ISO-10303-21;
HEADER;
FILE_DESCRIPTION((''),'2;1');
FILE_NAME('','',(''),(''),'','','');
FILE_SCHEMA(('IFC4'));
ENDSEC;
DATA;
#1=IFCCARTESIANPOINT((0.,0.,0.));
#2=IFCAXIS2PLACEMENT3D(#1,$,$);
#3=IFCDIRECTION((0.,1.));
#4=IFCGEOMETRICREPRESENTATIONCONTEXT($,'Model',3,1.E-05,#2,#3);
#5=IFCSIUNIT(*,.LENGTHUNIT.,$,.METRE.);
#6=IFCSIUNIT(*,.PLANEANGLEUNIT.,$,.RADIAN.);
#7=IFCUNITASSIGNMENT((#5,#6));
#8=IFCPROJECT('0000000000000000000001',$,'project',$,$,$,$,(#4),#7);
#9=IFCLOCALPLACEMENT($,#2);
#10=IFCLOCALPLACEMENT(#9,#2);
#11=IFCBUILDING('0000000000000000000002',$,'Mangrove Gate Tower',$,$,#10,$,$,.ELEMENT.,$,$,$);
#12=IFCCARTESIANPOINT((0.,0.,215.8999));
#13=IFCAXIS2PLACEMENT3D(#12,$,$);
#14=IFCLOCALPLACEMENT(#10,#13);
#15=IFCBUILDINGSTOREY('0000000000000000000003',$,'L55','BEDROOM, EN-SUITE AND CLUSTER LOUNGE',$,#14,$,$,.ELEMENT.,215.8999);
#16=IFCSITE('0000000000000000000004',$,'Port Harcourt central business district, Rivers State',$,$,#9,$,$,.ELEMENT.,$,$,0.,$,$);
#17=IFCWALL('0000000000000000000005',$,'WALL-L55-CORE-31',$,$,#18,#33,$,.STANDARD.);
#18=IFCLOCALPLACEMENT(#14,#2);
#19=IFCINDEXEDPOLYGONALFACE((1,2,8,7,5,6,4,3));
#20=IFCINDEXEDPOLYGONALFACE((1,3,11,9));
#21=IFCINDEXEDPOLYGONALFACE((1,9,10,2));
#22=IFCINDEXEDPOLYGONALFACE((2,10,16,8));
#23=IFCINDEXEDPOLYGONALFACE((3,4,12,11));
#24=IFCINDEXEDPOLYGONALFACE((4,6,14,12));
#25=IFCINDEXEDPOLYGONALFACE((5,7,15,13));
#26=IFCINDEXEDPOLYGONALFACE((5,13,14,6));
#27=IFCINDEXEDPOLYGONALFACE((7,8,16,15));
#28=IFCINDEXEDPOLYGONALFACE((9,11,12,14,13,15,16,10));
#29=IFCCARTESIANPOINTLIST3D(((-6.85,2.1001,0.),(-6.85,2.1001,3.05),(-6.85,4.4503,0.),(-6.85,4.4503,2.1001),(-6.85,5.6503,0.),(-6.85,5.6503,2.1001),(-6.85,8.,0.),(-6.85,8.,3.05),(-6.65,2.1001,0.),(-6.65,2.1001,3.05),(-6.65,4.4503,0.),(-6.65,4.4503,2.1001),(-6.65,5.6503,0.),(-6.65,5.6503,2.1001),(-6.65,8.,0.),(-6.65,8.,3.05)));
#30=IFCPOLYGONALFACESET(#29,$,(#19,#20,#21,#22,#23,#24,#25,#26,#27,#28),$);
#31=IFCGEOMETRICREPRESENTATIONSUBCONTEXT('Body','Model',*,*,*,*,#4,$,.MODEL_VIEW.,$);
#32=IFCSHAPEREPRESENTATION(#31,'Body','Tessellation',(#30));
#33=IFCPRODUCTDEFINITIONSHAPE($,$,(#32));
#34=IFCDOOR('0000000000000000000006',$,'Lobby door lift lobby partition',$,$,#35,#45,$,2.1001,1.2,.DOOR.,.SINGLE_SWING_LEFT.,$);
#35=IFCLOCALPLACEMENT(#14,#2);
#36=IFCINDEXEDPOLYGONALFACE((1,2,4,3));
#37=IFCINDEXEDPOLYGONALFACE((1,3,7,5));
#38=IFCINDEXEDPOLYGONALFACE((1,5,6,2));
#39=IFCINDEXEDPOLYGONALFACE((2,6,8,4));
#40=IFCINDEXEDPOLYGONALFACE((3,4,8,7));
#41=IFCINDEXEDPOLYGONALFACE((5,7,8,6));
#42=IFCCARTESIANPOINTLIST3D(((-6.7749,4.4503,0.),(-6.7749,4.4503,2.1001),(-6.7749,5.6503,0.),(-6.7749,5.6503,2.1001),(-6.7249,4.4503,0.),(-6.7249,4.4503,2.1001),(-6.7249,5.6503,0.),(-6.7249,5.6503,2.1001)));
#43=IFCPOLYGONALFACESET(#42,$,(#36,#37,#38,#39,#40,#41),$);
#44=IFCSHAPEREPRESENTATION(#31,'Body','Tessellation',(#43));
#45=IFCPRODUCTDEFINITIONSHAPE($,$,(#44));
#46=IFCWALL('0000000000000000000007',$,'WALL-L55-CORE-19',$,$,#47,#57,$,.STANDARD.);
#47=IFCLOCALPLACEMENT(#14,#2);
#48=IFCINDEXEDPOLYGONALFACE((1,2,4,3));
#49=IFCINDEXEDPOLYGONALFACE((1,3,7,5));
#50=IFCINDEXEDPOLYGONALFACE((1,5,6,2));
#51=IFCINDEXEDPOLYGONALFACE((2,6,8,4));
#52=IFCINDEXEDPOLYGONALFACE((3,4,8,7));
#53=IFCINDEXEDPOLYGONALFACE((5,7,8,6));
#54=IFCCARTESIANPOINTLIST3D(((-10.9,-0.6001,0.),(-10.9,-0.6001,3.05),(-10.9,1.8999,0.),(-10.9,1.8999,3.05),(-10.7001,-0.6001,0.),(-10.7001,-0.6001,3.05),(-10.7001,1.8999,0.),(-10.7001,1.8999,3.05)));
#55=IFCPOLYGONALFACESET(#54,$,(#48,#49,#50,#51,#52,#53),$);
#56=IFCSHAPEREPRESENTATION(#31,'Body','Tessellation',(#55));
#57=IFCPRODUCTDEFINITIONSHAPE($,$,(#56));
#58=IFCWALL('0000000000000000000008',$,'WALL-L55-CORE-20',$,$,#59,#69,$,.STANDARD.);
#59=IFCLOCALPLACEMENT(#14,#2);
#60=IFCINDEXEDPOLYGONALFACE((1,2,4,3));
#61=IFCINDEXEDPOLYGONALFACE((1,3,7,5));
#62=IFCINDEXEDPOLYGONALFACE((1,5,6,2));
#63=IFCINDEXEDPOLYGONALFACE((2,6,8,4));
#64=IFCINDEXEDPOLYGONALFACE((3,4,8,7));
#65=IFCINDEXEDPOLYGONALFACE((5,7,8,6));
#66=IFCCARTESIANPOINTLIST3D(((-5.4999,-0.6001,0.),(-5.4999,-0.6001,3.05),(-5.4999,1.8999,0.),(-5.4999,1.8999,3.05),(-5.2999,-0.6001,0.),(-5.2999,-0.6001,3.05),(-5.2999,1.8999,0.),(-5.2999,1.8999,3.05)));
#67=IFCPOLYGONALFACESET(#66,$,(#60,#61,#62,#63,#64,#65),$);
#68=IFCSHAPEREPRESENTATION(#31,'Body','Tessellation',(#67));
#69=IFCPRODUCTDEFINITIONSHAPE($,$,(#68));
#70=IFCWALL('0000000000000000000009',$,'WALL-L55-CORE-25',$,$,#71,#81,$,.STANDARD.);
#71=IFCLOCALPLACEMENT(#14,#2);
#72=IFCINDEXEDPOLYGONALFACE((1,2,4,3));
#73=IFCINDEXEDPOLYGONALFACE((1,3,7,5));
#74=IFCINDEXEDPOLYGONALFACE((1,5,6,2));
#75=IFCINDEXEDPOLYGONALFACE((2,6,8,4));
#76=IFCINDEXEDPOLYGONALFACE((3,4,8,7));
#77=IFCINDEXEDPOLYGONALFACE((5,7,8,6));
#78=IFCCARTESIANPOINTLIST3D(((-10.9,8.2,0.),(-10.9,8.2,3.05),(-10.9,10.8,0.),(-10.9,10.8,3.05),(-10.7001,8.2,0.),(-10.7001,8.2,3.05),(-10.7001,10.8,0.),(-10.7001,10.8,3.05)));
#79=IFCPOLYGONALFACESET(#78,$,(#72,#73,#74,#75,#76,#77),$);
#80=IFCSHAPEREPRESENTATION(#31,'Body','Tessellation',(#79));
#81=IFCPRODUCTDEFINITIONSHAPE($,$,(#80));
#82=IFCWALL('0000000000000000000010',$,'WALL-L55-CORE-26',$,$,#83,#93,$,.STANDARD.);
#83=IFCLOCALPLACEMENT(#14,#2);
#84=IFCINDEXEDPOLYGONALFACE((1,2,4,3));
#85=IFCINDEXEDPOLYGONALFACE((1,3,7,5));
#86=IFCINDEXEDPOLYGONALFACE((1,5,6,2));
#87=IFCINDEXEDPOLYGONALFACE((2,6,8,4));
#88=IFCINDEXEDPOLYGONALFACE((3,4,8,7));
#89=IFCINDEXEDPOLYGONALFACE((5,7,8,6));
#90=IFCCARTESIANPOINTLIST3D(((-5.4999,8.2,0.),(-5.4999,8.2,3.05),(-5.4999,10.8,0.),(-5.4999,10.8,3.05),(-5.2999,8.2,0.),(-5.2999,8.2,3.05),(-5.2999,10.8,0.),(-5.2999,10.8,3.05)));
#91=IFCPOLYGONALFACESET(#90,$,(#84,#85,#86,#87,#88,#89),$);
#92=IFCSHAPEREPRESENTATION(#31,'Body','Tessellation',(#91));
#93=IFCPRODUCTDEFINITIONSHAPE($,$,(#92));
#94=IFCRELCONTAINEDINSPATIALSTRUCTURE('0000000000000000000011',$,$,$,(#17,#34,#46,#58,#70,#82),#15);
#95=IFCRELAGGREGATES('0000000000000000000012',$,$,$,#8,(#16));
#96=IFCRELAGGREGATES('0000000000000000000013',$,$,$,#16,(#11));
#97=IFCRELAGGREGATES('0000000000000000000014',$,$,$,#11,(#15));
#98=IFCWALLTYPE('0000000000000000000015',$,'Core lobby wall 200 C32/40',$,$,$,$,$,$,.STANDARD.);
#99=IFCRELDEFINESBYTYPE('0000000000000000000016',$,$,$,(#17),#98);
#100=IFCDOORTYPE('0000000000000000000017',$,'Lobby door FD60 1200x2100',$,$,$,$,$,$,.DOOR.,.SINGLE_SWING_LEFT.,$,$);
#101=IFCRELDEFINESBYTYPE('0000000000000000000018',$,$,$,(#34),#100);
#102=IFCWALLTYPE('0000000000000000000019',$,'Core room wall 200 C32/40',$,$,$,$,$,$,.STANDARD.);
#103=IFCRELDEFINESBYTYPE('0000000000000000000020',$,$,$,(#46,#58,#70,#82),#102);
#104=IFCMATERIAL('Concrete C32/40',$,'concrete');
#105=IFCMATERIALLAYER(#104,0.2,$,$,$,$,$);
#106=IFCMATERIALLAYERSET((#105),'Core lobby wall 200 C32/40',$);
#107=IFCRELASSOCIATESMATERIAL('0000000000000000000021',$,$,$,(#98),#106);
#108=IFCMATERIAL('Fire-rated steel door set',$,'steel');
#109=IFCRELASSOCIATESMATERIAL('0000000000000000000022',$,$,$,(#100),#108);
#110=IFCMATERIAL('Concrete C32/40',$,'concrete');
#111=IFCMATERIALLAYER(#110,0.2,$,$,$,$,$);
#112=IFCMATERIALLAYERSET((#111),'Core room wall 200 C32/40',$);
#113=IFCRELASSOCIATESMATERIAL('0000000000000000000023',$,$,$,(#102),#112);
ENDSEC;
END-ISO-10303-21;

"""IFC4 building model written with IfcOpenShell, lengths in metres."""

from ifc_helpers import new_model, si_unit, direction, frame, frame_2d, origin, place, context, subcontext, project, spatial, rectangle, extrude, material, layer, layer_set, type_object, element, fill, save


model = new_model("IFC4")

# Units and contexts
model_context = context("Model", 3, precision=1e-05, world=origin(), true_north=direction((0.0, 1.0)))
body_context = subcontext(model_context, "Body", "Model", "MODEL_VIEW")
ifc_project = project(units=[si_unit("LENGTHUNIT", "METRE"), si_unit("PLANEANGLEUNIT", "RADIAN")], contexts=[model_context])

# Site, building, storey
site_placement = place(None, origin())
site = spatial("IfcSite", under=ifc_project, at=site_placement, Name="Port Harcourt central business district, Rivers State", CompositionType="ELEMENT", RefElevation=0.0)
building_placement = place(site_placement, origin())
building = spatial("IfcBuilding", under=site, at=building_placement, Name="Mangrove Gate Tower", CompositionType="ELEMENT")
storey_placement = place(building_placement, frame((0.0, 0.0, 215.8999)))
storey = spatial("IfcBuildingStorey", under=building, at=storey_placement, Name="L55", Description="BEDROOM, EN-SUITE AND CLUSTER LOUNGE", CompositionType="ELEMENT", Elevation=215.8999)

# Wall, opening, door
ifc_material_1 = material(Name="Concrete C32/40", Category="concrete")
ifc_layer_1 = layer(ifc_material_1, 0.2)
ifc_layer_set_1 = layer_set([ifc_layer_1], Name="Core lobby wall 200 C32/40")
wall_type_1 = type_object("IfcWallType", Name="Core lobby wall 200 C32/40", PredefinedType="STANDARD", material=ifc_layer_set_1)
wall_1_placement = place(storey_placement, frame((-6.75, 2.1001, 0.0), z_axis=(0.0, 0.0, 1.0), x_axis=(0.0, 1.0, 0.0)))
wall_1 = element("IfcWall", 1, at=wall_1_placement, inside=storey, type_object=wall_type_1, Name="WALL-L55-CORE-31", PredefinedType="STANDARD", context=body_context, shape_type="SweptSolid", body=[
    extrude(rectangle(XDim=5.8999, YDim=0.2, at=frame_2d((2.95, 0.0))), origin(), (0.0, 0.0, 1.0), 3.05),
])
opening_1_placement = place(wall_1_placement, frame((2.3501, 0.0, 0.0)))
opening_1 = element("IfcOpeningElement", 2, at=opening_1_placement, cuts=wall_1, PredefinedType="OPENING", context=body_context, shape_type="SweptSolid", body=[
    extrude(rectangle(XDim=1.2, YDim=2.1001, at=frame_2d((0.6001, 1.05))), frame((0.0, 0.1099, 0.0), z_axis=(0.0, -1.0, 0.0), x_axis=(1.0, 0.0, 0.0)), (0.0, 0.0, 1.0), 0.22),
])
ifc_material_2 = material(Name="Fire-rated steel door set", Category="steel")
door_type_1 = type_object("IfcDoorType", Name="Lobby door FD60 1200x2100", OperationType="SINGLE_SWING_LEFT", PredefinedType="DOOR", material=ifc_material_2)
door_1_placement = place(opening_1_placement, origin())
door_1 = element("IfcDoor", 3, at=door_1_placement, inside=storey, type_object=door_type_1, Name="Lobby door lift lobby partition", OperationType="SINGLE_SWING_LEFT", OverallHeight=2.1001, OverallWidth=1.2, PredefinedType="DOOR", context=body_context, shape_type="SweptSolid", body=[
    extrude(rectangle(XDim=1.2, YDim=2.1001, at=frame_2d((0.6001, 1.05))), frame((0.0, 0.0249, 0.0), z_axis=(0.0, -1.0, 0.0), x_axis=(1.0, 0.0, 0.0)), (0.0, 0.0, 1.0), 0.05),
])
fill(opening_1, door_1)

# Walls
ifc_material_3 = material(Name="Concrete C32/40", Category="concrete")
ifc_layer_2 = layer(ifc_material_3, 0.2)
ifc_layer_set_2 = layer_set([ifc_layer_2], Name="Core room wall 200 C32/40")
wall_type_2 = type_object("IfcWallType", Name="Core room wall 200 C32/40", PredefinedType="STANDARD", material=ifc_layer_set_2)
for number, where, z_axis, x_axis, name in (
    (4, (-10.8, -0.6001, 0.0), (0.0, 0.0, 1.0), (0.0, 1.0, 0.0), "WALL-L55-CORE-19"),
    (5, (-5.3999, -0.6001, 0.0), (0.0, 0.0, 1.0), (0.0, 1.0, 0.0), "WALL-L55-CORE-20"),
):
    element("IfcWall", number, at=place(storey_placement, frame(where, z_axis=z_axis, x_axis=x_axis)), inside=storey, type_object=wall_type_2, Name=name, PredefinedType="STANDARD", context=body_context, shape_type="SweptSolid", body=[
        extrude(rectangle(XDim=2.5, YDim=0.2, at=frame_2d((1.25, 0.0))), origin(), (0.0, 0.0, 1.0), 3.05),
    ])
for number, where, z_axis, x_axis, name in (
    (6, (-10.8, 8.2, 0.0), (0.0, 0.0, 1.0), (0.0, 1.0, 0.0), "WALL-L55-CORE-25"),
    (7, (-5.3999, 8.2, 0.0), (0.0, 0.0, 1.0), (0.0, 1.0, 0.0), "WALL-L55-CORE-26"),
):
    element("IfcWall", number, at=place(storey_placement, frame(where, z_axis=z_axis, x_axis=x_axis)), inside=storey, type_object=wall_type_2, Name=name, PredefinedType="STANDARD", context=body_context, shape_type="SweptSolid", body=[
        extrude(rectangle(XDim=2.6001, YDim=0.2, at=frame_2d((1.3, 0.0))), origin(), (0.0, 0.0, 1.0), 3.05),
    ])

save(model, "model.ifc")
